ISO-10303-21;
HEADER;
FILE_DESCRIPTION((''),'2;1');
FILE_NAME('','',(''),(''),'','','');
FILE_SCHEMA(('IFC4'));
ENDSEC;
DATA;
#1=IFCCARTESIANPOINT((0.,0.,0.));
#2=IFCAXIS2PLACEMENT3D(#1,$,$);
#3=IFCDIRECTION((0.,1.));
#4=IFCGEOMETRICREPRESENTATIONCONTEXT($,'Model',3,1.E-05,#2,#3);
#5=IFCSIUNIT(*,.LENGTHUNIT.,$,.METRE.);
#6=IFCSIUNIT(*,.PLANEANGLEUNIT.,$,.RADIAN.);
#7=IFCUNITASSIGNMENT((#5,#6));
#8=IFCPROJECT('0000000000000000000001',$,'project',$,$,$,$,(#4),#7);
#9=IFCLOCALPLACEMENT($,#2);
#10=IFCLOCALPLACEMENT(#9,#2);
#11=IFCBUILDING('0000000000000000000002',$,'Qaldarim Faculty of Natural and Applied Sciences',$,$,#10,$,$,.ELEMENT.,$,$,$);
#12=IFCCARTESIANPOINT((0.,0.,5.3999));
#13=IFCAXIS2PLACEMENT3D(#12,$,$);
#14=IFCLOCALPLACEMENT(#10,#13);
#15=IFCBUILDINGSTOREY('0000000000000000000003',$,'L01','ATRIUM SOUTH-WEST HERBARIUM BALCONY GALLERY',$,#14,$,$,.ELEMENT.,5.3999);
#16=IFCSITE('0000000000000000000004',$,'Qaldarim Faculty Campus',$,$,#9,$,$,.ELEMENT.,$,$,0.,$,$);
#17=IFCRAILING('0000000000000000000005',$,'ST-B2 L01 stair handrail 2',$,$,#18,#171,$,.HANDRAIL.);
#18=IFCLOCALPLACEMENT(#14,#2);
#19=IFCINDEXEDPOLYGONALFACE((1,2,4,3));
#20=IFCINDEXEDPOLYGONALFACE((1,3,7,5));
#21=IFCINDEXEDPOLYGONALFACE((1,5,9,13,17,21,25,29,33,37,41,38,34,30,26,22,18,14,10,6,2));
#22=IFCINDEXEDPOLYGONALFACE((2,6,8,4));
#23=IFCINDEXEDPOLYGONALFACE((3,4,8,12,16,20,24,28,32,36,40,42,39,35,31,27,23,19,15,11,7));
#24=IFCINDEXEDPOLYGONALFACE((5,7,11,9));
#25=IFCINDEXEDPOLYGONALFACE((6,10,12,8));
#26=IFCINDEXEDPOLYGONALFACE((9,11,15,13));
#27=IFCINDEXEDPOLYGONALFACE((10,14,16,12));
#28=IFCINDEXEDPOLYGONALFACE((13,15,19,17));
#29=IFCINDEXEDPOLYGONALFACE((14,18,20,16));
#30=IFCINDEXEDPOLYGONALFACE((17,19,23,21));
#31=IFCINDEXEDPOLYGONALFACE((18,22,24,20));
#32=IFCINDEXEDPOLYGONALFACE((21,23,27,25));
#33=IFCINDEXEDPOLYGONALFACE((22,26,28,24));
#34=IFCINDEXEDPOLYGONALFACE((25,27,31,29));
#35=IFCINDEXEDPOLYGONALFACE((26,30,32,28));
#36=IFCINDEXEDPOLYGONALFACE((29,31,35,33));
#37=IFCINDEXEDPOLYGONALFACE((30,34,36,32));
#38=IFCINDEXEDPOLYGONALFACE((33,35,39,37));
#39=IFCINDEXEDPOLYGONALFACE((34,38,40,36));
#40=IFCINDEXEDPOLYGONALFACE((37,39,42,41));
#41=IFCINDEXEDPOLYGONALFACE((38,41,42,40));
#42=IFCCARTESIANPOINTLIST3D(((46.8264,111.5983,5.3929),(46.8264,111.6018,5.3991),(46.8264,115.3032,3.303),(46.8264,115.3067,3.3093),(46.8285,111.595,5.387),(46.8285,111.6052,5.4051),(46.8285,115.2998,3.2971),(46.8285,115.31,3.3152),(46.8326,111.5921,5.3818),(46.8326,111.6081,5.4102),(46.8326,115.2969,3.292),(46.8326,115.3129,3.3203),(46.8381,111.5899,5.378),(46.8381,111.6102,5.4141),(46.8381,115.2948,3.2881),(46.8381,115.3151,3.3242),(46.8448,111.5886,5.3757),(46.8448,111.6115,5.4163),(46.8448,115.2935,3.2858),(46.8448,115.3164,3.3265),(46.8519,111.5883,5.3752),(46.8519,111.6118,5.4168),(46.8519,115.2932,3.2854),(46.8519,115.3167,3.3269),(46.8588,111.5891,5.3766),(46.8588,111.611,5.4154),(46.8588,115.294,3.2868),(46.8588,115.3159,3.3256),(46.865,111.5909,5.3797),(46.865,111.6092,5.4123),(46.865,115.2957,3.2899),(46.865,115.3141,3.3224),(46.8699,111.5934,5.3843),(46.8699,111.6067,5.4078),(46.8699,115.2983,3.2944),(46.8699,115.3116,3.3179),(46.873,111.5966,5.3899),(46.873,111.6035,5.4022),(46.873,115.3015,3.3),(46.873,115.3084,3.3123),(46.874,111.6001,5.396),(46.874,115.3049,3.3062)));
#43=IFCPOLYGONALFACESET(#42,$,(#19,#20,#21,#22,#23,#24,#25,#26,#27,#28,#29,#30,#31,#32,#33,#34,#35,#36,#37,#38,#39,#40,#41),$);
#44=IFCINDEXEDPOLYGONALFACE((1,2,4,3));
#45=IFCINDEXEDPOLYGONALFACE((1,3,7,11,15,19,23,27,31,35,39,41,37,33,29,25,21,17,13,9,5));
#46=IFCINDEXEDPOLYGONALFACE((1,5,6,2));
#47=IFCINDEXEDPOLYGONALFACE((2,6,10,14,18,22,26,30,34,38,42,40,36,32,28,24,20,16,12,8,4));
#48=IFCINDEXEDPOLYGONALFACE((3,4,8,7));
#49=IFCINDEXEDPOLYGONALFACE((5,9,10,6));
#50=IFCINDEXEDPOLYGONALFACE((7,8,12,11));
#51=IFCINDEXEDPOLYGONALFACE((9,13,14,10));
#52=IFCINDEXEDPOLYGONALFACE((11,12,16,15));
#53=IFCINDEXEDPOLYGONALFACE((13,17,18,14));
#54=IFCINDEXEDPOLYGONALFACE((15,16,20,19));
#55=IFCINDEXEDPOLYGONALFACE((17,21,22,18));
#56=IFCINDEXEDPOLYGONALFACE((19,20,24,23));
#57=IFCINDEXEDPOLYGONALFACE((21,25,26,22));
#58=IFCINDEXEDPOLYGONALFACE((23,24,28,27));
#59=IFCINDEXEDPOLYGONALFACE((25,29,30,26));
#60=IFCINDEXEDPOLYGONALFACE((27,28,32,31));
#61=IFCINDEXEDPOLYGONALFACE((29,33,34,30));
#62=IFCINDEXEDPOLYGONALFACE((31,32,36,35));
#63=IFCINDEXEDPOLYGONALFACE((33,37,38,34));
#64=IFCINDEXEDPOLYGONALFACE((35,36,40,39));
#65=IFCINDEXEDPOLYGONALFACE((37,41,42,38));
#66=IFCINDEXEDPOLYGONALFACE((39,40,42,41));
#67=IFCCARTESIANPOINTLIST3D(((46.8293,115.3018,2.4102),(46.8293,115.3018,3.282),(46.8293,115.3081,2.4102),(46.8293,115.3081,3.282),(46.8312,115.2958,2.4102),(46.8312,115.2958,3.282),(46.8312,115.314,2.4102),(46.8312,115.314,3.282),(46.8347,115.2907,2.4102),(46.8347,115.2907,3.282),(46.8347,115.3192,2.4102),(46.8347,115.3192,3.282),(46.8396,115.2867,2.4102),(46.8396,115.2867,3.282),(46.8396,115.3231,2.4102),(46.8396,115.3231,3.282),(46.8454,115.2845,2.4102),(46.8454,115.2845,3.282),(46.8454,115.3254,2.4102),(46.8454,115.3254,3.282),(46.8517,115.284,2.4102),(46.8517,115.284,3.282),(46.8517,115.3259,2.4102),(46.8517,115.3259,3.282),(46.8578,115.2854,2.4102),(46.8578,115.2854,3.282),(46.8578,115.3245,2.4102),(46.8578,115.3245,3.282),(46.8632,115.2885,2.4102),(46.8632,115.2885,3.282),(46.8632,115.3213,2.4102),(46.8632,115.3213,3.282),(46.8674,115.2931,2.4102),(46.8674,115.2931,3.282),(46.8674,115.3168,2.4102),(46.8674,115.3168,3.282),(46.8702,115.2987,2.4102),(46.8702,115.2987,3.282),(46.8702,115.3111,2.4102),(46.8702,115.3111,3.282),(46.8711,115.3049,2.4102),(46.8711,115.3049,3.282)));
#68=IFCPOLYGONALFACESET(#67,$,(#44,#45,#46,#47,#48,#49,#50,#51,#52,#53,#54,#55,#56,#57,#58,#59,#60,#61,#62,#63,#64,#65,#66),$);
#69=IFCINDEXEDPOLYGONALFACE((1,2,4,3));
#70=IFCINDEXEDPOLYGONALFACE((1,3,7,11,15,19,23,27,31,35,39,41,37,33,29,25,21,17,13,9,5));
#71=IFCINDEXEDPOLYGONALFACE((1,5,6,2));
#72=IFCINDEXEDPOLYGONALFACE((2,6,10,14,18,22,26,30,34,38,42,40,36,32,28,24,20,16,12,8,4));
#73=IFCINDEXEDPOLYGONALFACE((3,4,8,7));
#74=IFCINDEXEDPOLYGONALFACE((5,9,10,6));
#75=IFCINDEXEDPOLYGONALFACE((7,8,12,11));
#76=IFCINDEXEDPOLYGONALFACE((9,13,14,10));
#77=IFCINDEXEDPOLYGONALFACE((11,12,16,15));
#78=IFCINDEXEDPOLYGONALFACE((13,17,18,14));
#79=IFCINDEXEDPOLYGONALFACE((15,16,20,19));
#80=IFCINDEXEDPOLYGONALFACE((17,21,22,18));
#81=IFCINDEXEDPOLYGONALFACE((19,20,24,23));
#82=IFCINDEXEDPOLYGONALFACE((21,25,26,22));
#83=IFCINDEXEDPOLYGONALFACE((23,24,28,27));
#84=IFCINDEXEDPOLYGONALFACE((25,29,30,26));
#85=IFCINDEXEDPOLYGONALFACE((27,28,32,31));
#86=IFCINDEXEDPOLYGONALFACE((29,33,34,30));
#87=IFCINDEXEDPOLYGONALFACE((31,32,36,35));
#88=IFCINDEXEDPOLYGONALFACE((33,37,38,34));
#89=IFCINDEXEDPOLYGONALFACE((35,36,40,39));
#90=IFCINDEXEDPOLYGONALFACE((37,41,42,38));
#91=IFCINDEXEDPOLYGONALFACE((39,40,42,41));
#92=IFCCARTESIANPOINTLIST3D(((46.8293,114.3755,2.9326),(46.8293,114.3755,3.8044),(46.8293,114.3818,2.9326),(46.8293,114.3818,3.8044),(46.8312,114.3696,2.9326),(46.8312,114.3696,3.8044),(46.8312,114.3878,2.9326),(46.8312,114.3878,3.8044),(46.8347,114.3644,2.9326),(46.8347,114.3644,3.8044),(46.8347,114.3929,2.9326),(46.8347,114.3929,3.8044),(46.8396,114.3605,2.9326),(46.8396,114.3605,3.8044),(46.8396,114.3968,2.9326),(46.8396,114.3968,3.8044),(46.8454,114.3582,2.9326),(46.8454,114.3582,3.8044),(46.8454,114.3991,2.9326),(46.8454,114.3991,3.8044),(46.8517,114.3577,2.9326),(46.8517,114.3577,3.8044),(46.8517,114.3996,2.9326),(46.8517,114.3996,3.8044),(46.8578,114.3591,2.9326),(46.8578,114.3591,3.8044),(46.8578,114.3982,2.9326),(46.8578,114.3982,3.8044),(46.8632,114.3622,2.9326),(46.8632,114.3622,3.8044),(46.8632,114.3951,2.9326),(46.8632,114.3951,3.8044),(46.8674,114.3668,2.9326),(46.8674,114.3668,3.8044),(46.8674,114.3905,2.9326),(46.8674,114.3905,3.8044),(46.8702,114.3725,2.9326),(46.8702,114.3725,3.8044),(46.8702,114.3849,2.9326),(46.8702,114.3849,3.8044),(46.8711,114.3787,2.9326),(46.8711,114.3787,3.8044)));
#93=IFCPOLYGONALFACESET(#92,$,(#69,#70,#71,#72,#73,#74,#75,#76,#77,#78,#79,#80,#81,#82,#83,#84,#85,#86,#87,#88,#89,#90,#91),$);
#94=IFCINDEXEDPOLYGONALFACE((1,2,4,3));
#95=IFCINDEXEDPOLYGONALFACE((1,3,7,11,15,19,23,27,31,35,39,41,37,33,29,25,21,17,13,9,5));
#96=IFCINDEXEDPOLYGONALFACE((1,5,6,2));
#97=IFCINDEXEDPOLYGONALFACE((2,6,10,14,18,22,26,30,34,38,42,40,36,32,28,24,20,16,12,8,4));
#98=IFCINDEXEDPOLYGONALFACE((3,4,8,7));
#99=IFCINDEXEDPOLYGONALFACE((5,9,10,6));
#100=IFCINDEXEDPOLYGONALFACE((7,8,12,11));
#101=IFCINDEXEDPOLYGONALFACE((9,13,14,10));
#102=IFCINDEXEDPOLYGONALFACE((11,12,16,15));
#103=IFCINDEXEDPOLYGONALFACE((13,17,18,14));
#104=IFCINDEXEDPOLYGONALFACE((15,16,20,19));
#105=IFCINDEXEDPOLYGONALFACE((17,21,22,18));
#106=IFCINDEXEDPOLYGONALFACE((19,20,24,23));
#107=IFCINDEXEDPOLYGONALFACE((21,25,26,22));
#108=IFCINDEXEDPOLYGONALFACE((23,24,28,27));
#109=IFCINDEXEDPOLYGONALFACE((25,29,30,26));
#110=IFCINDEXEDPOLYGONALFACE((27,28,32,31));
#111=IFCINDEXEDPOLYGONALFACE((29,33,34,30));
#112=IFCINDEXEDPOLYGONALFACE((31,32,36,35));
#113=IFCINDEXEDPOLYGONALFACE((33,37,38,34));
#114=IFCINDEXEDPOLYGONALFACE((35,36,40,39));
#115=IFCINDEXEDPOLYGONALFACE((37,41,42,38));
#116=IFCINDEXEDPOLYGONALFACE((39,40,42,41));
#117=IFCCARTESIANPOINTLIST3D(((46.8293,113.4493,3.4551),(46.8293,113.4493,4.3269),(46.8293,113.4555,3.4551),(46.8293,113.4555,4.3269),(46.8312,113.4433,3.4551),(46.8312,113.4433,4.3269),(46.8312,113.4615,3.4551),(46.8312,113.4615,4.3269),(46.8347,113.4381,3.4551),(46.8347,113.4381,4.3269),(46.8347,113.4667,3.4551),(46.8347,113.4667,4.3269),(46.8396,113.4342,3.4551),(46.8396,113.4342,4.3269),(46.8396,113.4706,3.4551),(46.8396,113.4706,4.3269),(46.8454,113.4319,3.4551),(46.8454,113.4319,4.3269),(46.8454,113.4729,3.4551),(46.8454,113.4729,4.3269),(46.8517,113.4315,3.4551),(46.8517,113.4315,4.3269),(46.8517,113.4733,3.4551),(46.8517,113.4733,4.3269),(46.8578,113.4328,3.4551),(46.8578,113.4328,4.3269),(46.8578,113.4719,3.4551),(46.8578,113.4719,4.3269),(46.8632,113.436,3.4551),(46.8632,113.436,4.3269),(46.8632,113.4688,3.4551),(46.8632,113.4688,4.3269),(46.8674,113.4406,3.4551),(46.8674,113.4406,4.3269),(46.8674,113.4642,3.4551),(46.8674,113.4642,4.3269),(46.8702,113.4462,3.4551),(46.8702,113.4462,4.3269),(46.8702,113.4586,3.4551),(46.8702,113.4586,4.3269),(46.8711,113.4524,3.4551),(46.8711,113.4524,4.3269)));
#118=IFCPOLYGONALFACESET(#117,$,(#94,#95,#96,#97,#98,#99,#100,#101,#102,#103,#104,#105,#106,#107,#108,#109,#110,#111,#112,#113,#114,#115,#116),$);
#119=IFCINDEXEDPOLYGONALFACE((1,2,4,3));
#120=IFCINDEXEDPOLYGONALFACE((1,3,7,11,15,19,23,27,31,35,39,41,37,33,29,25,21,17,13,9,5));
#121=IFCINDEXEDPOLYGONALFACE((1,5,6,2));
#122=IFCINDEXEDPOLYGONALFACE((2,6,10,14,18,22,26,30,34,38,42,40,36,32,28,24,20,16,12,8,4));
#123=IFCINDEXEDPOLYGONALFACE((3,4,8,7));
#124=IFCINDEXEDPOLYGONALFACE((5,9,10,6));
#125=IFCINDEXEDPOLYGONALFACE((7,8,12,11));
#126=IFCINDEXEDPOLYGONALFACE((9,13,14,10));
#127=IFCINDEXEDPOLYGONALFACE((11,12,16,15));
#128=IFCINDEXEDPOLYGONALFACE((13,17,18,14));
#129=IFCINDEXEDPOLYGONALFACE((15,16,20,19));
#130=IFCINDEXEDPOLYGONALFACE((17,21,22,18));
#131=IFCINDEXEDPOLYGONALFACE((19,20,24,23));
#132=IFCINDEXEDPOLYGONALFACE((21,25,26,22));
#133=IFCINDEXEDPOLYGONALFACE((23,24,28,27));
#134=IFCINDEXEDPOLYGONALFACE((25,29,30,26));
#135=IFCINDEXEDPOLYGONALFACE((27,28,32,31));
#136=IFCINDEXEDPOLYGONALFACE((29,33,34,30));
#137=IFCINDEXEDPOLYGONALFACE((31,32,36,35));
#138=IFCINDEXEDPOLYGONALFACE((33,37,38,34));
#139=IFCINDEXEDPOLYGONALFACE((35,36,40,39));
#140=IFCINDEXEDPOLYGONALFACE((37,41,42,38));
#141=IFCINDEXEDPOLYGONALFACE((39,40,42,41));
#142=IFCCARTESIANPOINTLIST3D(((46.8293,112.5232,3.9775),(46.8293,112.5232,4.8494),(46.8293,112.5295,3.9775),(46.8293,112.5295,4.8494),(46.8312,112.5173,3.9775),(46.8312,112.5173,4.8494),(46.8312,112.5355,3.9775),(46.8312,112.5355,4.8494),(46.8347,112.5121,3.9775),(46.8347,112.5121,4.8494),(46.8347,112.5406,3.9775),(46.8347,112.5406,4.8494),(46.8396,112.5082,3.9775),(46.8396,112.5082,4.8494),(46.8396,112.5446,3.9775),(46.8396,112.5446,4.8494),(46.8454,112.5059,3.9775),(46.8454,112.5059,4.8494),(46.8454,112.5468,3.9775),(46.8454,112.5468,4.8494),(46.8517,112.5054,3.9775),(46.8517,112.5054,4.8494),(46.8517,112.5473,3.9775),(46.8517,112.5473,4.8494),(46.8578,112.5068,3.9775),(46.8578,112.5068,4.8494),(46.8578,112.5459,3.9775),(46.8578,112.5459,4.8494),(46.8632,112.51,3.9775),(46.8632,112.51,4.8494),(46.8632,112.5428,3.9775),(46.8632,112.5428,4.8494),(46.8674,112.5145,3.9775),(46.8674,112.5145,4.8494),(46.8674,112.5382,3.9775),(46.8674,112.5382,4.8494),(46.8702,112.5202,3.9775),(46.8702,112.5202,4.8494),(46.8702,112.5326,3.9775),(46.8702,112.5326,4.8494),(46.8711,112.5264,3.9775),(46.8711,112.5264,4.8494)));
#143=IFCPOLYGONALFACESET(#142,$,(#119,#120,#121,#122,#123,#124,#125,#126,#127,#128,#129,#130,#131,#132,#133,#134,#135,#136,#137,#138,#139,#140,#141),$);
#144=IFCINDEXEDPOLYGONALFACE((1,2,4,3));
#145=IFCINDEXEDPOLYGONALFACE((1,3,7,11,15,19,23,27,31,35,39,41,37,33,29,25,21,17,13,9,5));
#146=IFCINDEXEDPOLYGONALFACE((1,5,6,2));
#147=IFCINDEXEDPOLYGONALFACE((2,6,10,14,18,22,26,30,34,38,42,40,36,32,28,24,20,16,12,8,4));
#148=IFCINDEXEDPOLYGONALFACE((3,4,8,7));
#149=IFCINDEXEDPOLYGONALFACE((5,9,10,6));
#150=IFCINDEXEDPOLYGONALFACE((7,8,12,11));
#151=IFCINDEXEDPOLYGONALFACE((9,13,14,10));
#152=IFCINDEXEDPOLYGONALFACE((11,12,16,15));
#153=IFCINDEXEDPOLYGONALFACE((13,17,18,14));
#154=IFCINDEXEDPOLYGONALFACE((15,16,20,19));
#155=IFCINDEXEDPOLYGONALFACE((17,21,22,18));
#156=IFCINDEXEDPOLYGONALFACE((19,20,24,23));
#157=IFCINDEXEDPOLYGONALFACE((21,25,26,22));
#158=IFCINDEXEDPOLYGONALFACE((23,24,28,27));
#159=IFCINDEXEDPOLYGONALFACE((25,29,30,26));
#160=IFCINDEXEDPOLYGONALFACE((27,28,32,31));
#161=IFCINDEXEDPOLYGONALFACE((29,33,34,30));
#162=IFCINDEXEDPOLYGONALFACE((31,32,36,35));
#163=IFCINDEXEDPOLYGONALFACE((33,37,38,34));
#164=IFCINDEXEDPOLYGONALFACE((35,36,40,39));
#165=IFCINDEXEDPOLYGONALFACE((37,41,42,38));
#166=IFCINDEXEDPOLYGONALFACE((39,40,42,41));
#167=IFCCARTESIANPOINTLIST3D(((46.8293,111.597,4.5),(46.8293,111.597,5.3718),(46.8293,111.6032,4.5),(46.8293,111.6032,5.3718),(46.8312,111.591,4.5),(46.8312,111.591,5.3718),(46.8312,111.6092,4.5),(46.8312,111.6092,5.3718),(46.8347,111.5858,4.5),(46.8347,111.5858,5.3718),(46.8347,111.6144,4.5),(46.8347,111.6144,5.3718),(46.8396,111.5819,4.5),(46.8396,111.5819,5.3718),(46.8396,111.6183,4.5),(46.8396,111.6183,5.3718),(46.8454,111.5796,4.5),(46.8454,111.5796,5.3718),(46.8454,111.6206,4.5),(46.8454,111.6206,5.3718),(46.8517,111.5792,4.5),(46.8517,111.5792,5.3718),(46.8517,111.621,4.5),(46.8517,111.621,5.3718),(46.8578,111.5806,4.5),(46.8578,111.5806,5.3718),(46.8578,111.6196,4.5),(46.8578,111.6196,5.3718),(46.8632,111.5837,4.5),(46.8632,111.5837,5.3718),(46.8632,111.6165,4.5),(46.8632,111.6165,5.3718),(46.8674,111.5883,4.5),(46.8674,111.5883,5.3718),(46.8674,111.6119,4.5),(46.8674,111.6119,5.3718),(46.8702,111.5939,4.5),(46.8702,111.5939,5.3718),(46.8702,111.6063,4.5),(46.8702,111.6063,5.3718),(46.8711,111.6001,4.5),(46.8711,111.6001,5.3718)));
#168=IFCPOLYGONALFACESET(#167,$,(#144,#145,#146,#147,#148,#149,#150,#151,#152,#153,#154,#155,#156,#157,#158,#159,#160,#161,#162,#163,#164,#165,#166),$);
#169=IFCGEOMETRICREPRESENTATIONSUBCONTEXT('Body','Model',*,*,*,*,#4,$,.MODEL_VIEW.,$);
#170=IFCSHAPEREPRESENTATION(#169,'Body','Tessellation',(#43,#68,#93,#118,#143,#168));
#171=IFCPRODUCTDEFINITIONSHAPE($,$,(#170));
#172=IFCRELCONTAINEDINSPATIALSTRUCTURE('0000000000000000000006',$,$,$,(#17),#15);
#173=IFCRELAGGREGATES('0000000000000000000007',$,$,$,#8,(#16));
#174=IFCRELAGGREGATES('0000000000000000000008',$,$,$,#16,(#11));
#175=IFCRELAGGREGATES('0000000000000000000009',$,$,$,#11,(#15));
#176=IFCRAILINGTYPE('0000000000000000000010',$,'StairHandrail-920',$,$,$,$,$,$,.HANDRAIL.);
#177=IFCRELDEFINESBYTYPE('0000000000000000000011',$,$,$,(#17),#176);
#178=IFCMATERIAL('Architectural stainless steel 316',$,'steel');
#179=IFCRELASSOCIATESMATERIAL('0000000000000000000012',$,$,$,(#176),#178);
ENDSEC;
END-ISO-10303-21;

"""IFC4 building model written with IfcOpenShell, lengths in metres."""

from ifc_helpers import new_model, si_unit, direction, frame, origin, origin_2d, place, context, subcontext, project, spatial, circle, extrude, material, type_object, element, save


model = new_model("IFC4")

# Units and contexts
model_context = context("Model", 3, precision=1e-05, world=origin(), true_north=direction((0.0, 1.0)))
body_context = subcontext(model_context, "Body", "Model", "MODEL_VIEW")
ifc_project = project(units=[si_unit("LENGTHUNIT", "METRE"), si_unit("PLANEANGLEUNIT", "RADIAN")], contexts=[model_context])

# Site, building, storey
site_placement = place(None, origin())
site = spatial("IfcSite", under=ifc_project, at=site_placement, Name="Qaldarim Faculty Campus", CompositionType="ELEMENT", RefElevation=0.0)
building_placement = place(site_placement, origin())
building = spatial("IfcBuilding", under=site, at=building_placement, Name="Qaldarim Faculty of Natural and Applied Sciences", CompositionType="ELEMENT")
storey_placement = place(building_placement, frame((0.0, 0.0, 5.3999)))
storey = spatial("IfcBuildingStorey", under=building, at=storey_placement, Name="L01", Description="ATRIUM SOUTH-WEST HERBARIUM BALCONY GALLERY", CompositionType="ELEMENT", Elevation=5.3999)

# Shared definitions
ifc_material_1 = material(Name="Architectural stainless steel 316", Category="steel")

# Railing
railing_type_1 = type_object("IfcRailingType", Name="StairHandrail-920", PredefinedType="HANDRAIL", material=ifc_material_1)
railing_1_placement = place(storey_placement, frame((46.8501, 115.3049, 2.4102)))
element("IfcRailing", 1, at=railing_1_placement, inside=storey, type_object=railing_type_1, Name="ST-B2 L01 stair handrail 2", PredefinedType="HANDRAIL", context=body_context, shape_type="SweptSolid", body=[
    extrude(circle(Radius=0.0239, at=origin_2d()), frame((0.0, 0.0, 0.896), z_axis=(0.0, -0.870985, 0.49131), x_axis=(1.0, 0.0, 0.0)), (0.0, 0.0, 1.0), 4.2537),
    extrude(circle(Radius=0.021, at=origin_2d()), origin(), (0.0, 0.0, 1.0), 0.8718),
    extrude(circle(Radius=0.021, at=origin_2d()), frame((0.0, -0.9263, 0.5225)), (0.0, 0.0, 1.0), 0.8718),
    extrude(circle(Radius=0.021, at=origin_2d()), frame((0.0, -1.8525, 1.0449)), (0.0, 0.0, 1.0), 0.8718),
    extrude(circle(Radius=0.021, at=origin_2d()), frame((0.0, -2.7786, 1.5674)), (0.0, 0.0, 1.0), 0.8718),
    extrude(circle(Radius=0.021, at=origin_2d()), frame((0.0, -3.7048, 2.0898)), (0.0, 0.0, 1.0), 0.8718),
])

save(model, "model.ifc")
